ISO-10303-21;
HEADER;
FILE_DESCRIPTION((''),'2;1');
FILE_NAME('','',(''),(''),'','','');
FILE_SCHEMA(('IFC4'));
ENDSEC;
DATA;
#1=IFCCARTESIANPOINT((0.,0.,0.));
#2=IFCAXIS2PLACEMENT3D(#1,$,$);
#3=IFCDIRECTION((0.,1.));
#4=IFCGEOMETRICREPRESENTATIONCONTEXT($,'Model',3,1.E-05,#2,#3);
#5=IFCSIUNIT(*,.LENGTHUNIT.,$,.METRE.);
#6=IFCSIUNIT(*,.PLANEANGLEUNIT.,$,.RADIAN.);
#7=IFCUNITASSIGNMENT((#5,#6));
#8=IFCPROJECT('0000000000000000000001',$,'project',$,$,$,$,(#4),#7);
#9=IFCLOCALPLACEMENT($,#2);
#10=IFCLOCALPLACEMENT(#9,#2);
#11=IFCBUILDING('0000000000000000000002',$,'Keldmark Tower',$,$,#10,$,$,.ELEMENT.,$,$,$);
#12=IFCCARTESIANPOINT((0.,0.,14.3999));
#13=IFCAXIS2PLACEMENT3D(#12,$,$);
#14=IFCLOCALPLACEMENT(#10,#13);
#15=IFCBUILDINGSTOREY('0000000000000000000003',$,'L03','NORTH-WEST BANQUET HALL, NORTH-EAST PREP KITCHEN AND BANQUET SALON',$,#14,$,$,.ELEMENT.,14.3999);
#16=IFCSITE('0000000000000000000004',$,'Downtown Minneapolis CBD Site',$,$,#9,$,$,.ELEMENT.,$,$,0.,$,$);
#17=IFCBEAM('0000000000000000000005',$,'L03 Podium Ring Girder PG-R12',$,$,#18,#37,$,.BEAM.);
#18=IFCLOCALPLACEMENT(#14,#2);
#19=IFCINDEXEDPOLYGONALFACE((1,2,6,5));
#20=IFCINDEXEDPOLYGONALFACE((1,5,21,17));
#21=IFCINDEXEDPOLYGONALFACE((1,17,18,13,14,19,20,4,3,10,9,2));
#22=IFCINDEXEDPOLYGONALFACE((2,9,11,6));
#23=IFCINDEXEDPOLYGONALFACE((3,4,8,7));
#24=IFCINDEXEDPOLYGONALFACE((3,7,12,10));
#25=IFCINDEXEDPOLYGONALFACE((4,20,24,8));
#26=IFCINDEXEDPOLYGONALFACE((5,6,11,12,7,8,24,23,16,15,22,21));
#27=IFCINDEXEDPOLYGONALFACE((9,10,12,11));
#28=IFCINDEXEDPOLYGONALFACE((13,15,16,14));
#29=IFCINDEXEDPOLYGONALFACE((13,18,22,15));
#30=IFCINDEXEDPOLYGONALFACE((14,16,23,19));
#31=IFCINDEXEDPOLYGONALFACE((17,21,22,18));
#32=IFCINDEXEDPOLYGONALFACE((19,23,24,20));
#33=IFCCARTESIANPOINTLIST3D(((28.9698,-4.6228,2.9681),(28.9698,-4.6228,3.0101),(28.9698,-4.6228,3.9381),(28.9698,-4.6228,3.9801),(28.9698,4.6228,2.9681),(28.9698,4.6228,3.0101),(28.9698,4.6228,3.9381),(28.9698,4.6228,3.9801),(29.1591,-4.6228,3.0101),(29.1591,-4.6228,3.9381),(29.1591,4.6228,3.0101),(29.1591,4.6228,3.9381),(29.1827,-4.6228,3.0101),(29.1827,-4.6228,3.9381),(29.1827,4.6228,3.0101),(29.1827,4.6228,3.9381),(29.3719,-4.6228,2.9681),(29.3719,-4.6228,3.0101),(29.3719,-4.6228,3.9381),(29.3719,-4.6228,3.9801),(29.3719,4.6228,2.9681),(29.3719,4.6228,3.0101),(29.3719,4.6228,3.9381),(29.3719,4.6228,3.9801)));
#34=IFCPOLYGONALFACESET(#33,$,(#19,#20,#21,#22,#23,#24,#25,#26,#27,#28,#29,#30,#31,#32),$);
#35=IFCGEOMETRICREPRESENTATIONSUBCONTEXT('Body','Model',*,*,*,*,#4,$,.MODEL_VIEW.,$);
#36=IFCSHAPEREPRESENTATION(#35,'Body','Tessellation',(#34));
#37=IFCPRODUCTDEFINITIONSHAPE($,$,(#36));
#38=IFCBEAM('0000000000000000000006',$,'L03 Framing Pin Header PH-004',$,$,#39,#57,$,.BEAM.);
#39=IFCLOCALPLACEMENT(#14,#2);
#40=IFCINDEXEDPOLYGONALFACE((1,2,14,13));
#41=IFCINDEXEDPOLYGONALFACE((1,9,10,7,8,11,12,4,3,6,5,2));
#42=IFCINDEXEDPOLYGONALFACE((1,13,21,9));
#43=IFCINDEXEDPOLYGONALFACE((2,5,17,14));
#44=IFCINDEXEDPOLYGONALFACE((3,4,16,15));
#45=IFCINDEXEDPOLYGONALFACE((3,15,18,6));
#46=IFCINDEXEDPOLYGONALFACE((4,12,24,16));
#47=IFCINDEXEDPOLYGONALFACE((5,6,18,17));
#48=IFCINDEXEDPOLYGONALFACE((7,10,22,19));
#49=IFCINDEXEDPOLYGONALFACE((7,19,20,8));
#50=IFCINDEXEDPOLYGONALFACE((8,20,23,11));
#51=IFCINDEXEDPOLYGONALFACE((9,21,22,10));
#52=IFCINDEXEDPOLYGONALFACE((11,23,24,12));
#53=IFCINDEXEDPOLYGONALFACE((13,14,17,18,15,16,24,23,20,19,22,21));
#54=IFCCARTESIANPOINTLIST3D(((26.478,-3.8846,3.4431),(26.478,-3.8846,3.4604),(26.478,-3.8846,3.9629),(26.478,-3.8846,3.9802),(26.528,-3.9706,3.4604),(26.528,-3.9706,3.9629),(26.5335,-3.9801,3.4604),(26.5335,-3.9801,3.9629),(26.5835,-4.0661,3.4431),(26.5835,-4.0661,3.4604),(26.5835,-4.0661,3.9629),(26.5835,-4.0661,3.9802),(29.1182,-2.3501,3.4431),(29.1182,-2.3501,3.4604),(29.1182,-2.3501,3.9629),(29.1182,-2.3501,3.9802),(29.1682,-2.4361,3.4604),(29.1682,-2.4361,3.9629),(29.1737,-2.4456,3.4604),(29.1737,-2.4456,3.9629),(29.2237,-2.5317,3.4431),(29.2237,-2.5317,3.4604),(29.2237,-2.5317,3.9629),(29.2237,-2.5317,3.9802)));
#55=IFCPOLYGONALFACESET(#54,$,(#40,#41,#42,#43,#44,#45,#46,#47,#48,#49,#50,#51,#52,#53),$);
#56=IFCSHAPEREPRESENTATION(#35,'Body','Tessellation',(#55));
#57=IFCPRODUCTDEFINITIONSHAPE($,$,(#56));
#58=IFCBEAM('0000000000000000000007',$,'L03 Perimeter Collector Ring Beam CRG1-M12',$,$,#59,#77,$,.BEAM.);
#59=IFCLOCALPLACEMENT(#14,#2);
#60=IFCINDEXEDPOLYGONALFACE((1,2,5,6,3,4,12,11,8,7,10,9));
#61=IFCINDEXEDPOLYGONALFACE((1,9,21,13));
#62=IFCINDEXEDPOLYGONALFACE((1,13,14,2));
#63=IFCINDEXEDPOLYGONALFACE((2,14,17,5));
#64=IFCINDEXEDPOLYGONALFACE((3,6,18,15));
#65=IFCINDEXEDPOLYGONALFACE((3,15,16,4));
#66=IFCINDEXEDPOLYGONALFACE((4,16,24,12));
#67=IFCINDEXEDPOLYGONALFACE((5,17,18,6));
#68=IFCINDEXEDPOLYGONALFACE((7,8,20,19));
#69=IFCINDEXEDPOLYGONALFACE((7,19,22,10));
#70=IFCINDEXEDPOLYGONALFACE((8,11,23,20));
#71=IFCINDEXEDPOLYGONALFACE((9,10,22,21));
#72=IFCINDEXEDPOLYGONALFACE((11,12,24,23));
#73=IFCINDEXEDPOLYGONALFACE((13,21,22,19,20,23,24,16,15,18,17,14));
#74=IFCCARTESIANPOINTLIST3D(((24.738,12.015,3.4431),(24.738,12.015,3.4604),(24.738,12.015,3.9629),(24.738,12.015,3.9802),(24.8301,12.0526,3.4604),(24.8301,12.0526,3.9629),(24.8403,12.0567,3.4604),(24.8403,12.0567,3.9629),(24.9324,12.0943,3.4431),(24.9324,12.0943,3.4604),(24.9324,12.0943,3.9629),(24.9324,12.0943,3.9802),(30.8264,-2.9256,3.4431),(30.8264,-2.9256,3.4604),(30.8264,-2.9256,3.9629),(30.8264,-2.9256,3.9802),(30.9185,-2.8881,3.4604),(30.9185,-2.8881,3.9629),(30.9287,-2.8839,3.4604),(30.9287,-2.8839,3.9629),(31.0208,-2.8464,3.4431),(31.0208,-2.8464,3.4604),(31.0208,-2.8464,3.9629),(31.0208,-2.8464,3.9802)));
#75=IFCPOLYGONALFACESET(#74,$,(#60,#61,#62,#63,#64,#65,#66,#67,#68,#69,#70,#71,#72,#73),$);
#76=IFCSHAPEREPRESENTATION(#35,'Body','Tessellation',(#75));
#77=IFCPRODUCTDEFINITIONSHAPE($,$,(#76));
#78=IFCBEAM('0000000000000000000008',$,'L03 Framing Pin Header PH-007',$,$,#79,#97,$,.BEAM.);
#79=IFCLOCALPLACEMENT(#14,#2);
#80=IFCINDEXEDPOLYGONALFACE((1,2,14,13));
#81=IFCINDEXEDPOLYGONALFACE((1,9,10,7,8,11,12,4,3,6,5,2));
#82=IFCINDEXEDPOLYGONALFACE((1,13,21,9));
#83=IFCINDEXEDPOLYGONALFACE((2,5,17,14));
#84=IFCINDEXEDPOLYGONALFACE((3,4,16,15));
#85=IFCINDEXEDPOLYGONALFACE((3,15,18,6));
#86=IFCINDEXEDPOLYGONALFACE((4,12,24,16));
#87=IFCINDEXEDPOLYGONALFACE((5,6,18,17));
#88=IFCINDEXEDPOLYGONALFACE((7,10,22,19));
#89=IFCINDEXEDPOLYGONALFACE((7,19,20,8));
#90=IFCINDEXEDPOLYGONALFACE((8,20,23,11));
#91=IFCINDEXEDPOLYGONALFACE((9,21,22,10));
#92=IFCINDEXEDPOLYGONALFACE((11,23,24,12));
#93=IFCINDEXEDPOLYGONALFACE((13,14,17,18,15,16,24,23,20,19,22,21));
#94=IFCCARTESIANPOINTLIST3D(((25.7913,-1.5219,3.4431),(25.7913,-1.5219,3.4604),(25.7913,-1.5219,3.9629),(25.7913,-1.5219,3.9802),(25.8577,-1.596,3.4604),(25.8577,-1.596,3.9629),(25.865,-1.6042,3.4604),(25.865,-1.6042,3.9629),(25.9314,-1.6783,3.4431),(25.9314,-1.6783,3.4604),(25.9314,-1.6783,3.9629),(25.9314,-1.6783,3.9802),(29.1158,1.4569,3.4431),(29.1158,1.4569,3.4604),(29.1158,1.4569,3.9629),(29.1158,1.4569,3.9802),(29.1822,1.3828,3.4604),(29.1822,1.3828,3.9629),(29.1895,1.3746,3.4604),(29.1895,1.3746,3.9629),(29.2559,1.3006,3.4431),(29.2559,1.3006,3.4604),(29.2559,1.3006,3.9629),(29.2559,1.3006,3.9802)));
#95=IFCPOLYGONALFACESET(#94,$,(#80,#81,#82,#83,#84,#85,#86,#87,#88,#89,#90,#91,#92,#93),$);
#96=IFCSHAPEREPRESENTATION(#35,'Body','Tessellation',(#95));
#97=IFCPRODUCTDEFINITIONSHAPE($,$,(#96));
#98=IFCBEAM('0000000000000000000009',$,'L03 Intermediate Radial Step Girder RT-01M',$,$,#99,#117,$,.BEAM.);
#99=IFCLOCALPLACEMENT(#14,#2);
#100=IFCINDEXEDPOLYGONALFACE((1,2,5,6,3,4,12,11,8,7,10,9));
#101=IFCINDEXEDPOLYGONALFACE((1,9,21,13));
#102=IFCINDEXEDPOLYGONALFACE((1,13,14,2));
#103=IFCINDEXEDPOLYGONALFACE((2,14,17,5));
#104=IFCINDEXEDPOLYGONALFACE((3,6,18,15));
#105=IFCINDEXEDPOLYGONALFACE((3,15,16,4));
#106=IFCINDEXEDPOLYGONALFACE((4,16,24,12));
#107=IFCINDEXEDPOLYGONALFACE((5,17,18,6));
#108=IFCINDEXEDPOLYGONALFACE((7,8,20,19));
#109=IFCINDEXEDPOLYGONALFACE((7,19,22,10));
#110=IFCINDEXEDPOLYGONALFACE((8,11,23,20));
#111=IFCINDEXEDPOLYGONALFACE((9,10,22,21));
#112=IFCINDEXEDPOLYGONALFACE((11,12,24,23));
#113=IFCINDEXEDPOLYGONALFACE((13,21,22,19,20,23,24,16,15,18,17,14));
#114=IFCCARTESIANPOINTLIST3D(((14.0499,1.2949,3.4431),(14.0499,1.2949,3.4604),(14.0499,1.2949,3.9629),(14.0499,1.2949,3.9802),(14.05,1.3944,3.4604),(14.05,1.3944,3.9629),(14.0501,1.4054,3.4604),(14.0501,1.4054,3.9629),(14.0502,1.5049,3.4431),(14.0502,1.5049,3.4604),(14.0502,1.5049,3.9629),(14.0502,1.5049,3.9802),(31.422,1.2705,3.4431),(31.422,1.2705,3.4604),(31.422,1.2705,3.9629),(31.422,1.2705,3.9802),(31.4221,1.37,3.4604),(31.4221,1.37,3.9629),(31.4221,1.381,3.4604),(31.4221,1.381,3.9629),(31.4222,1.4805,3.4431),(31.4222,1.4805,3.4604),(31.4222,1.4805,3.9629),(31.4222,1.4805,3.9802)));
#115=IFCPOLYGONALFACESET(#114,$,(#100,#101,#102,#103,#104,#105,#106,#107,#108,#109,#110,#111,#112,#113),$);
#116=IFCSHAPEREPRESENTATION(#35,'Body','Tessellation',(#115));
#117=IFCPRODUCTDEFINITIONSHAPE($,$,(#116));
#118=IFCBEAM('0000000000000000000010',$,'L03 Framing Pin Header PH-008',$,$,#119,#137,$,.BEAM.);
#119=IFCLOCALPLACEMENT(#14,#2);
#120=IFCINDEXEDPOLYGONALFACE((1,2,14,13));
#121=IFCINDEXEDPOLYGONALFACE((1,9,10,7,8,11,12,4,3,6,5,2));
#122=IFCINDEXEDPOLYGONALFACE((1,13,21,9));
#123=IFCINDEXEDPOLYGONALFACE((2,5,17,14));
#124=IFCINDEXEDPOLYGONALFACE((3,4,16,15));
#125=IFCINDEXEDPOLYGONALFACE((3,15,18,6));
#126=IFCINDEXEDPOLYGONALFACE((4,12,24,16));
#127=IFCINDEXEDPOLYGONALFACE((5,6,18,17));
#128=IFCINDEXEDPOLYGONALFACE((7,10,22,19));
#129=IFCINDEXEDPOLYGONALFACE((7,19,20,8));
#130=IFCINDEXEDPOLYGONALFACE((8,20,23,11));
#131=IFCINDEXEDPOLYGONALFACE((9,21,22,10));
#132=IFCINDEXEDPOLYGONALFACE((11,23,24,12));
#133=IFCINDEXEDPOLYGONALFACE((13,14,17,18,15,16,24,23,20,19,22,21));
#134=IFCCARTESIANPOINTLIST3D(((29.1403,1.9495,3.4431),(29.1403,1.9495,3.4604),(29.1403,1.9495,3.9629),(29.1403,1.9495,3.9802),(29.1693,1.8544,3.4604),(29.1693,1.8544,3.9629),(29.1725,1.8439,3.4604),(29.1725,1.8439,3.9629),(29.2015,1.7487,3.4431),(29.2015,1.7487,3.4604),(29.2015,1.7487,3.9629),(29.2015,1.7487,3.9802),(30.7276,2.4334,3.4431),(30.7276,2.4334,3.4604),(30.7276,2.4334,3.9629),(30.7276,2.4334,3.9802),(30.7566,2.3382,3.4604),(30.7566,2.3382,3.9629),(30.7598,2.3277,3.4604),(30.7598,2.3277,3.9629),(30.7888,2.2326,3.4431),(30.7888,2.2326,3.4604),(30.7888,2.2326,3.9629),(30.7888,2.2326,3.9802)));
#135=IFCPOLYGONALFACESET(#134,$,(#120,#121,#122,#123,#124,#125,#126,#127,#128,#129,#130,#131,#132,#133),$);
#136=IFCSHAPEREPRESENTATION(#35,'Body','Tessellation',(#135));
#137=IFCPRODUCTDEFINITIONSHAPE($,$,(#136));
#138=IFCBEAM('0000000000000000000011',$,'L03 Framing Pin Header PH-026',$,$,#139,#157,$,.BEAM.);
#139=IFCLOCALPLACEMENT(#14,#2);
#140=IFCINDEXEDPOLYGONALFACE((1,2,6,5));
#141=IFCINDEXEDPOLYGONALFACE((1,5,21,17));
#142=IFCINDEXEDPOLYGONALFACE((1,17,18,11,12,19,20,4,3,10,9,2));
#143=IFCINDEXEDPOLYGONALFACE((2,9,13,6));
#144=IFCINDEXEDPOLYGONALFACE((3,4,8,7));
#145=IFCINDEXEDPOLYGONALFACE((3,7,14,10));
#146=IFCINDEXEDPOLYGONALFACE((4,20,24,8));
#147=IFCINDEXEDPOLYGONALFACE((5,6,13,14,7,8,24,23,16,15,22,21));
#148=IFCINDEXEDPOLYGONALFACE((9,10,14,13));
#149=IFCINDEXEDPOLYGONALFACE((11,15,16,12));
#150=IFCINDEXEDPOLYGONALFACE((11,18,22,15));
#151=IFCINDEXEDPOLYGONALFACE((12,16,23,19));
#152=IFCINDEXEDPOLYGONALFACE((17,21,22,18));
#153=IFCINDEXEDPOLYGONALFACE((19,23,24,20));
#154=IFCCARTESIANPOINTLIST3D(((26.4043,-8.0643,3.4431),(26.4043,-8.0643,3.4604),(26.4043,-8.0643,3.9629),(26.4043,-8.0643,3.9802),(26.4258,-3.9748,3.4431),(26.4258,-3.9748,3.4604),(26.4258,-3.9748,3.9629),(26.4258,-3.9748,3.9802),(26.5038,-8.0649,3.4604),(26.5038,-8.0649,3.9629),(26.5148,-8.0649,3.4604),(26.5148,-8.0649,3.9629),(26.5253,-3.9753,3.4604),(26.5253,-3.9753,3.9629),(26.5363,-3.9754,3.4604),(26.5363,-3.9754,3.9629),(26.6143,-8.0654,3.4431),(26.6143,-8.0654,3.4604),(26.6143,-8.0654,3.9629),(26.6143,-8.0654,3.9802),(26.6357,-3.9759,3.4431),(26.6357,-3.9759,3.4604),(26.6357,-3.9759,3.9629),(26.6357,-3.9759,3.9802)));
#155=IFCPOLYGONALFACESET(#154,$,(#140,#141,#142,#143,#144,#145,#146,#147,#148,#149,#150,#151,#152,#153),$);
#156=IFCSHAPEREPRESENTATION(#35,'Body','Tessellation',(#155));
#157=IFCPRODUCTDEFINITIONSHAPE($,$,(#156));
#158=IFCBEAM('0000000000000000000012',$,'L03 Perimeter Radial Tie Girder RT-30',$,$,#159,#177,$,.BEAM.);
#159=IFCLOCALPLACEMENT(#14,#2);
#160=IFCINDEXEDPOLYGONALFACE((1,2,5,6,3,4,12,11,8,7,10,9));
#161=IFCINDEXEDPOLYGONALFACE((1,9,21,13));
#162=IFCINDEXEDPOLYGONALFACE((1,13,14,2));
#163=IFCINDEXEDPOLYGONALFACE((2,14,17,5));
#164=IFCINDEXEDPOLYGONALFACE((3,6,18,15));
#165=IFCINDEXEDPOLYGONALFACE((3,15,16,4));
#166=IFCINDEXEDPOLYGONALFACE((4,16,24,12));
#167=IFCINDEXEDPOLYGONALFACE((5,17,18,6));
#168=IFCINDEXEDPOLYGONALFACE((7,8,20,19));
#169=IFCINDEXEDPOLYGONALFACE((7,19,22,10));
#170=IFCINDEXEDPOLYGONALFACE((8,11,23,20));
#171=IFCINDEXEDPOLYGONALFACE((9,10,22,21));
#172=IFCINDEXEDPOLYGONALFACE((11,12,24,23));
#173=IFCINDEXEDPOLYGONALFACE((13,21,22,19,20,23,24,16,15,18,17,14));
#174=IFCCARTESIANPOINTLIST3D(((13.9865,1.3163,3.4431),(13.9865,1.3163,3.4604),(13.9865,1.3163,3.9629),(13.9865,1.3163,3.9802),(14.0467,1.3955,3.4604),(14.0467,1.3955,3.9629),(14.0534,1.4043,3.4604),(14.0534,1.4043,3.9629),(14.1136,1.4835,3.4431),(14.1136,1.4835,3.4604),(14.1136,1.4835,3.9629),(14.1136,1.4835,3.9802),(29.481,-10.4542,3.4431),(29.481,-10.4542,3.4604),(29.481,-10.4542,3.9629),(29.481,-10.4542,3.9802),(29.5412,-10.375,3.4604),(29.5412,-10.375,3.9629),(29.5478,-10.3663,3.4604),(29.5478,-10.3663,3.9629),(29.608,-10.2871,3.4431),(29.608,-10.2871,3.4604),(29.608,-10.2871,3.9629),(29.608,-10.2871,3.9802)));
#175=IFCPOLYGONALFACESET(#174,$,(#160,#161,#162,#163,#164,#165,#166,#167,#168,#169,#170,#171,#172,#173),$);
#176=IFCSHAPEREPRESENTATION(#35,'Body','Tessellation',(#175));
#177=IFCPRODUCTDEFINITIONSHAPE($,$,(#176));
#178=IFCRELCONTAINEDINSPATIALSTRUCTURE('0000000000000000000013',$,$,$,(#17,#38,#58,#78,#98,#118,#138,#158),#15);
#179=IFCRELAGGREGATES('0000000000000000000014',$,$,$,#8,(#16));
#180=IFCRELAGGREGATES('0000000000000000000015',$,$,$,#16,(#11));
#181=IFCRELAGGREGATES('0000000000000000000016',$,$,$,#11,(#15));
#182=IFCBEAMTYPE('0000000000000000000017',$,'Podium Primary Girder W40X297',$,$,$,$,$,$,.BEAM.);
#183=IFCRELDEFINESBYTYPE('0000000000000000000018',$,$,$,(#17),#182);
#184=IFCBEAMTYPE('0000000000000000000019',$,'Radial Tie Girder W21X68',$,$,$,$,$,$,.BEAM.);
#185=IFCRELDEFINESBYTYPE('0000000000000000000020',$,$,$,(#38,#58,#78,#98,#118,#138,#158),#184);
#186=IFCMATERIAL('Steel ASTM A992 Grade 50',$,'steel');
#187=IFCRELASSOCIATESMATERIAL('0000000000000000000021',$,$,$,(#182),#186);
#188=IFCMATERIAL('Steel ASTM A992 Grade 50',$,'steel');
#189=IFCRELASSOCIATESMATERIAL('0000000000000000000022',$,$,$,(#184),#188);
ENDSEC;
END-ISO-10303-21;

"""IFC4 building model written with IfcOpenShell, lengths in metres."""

from ifc_helpers import new_model, si_unit, direction, frame, origin, origin_2d, place, context, subcontext, project, spatial, i_section, extrude, material, material_profile, profile_set, type_object, element, save


model = new_model("IFC4")

# Units and contexts
model_context = context("Model", 3, precision=1e-05, world=origin(), true_north=direction((0.0, 1.0)))
body_context = subcontext(model_context, "Body", "Model", "MODEL_VIEW")
ifc_project = project(units=[si_unit("LENGTHUNIT", "METRE"), si_unit("PLANEANGLEUNIT", "RADIAN")], contexts=[model_context])

# Site, building, storey
site_placement = place(None, origin())
site = spatial("IfcSite", under=ifc_project, at=site_placement, Name="Downtown Minneapolis CBD Site", CompositionType="ELEMENT", RefElevation=0.0)
building_placement = place(site_placement, origin())
building = spatial("IfcBuilding", under=site, at=building_placement, Name="Keldmark Tower", CompositionType="ELEMENT")
storey_placement = place(building_placement, frame((0.0, 0.0, 14.3999)))
storey = spatial("IfcBuildingStorey", under=building, at=storey_placement, Name="L03", Description="NORTH-WEST BANQUET HALL, NORTH-EAST PREP KITCHEN AND BANQUET SALON", CompositionType="ELEMENT", Elevation=14.3999)

# Beams
ifc_material_1 = material(Name="Steel ASTM A992 Grade 50", Category="steel")
ifc_material_profile_1 = material_profile(ifc_material_1, i_section(OverallWidth=0.4021, OverallDepth=1.012, WebThickness=0.0237, FlangeThickness=0.042, at=origin_2d()), Name="W40X297")
ifc_profile_set_1 = profile_set([ifc_material_profile_1], Name="Steel ASTM A992 Grade 50")
beam_type_1 = type_object("IfcBeamType", Name="Podium Primary Girder W40X297", PredefinedType="BEAM", material=ifc_profile_set_1)
beam_1_placement = place(storey_placement, frame((29.1709, -4.6228, 3.4741), z_axis=(0.0, 1.0, 0.0), x_axis=(-1.0, 0.0, 0.0)))
element("IfcBeam", 1, at=beam_1_placement, inside=storey, type_object=beam_type_1, Name="L03 Podium Ring Girder PG-R12", PredefinedType="BEAM", context=body_context, shape_type="SweptSolid", body=[
    extrude(i_section(OverallWidth=0.4021, OverallDepth=1.012, WebThickness=0.0237, FlangeThickness=0.042, at=origin_2d()), origin(), (0.0, 0.0, 1.0), 9.2456),
])
ifc_material_2 = material(Name="Steel ASTM A992 Grade 50", Category="steel")
ifc_material_profile_2 = material_profile(ifc_material_2, i_section(OverallWidth=0.21, OverallDepth=0.5371, WebThickness=0.011, FlangeThickness=0.0173, at=origin_2d()), Name="W21X68")
ifc_profile_set_2 = profile_set([ifc_material_profile_2], Name="Steel ASTM A992 Grade 50")
beam_type_2 = type_object("IfcBeamType", Name="Radial Tie Girder W21X68", PredefinedType="BEAM", material=ifc_profile_set_2)
beam_2_placement = place(storey_placement, frame((26.5308, -3.9753, 3.7117), z_axis=(0.864584, 0.502488, 0.0), x_axis=(-0.502488, 0.864584, 0.0)))
element("IfcBeam", 2, at=beam_2_placement, inside=storey, type_object=beam_type_2, Name="L03 Framing Pin Header PH-004", PredefinedType="BEAM", context=body_context, shape_type="SweptSolid", body=[
    extrude(i_section(OverallWidth=0.21, OverallDepth=0.5371, WebThickness=0.011, FlangeThickness=0.0173, at=origin_2d()), origin(), (0.0, 0.0, 1.0), 3.0537),
])
beam_3_placement = place(storey_placement, frame((30.9236, -2.886, 3.7117), z_axis=(-0.377373, 0.926061, 0.0), x_axis=(-0.926061, -0.377373, 0.0)))
element("IfcBeam", 3, at=beam_3_placement, inside=storey, type_object=beam_type_2, Name="L03 Perimeter Collector Ring Beam CRG1-M12", PredefinedType="BEAM", context=body_context, shape_type="SweptSolid", body=[
    extrude(i_section(OverallWidth=0.21, OverallDepth=0.5371, WebThickness=0.011, FlangeThickness=0.0173, at=origin_2d()), origin(), (0.0, 0.0, 1.0), 16.1335),
])
beam_4_placement = place(storey_placement, frame((25.8613, -1.6001, 3.7117), z_axis=(0.744769, 0.667322, 0.0), x_axis=(-0.667322, 0.744769, 0.0)))
element("IfcBeam", 4, at=beam_4_placement, inside=storey, type_object=beam_type_2, Name="L03 Framing Pin Header PH-007", PredefinedType="BEAM", context=body_context, shape_type="SweptSolid", body=[
    extrude(i_section(OverallWidth=0.21, OverallDepth=0.5371, WebThickness=0.011, FlangeThickness=0.0173, at=origin_2d()), origin(), (0.0, 0.0, 1.0), 4.4639),
])
beam_5_placement = place(storey_placement, frame((14.05, 1.3999, 3.7117), z_axis=(0.999999, -0.001405, 0.0), x_axis=(0.001405, 0.999999, 0.0)))
element("IfcBeam", 5, at=beam_5_placement, inside=storey, type_object=beam_type_2, Name="L03 Intermediate Radial Step Girder RT-01M", PredefinedType="BEAM", context=body_context, shape_type="SweptSolid", body=[
    extrude(i_section(OverallWidth=0.21, OverallDepth=0.5371, WebThickness=0.011, FlangeThickness=0.0173, at=origin_2d()), origin(), (0.0, 0.0, 1.0), 17.3721),
])
beam_6_placement = place(storey_placement, frame((29.1709, 1.8491, 3.7117), z_axis=(0.956546, 0.291583, 0.0), x_axis=(-0.291583, 0.956546, 0.0)))
element("IfcBeam", 6, at=beam_6_placement, inside=storey, type_object=beam_type_2, Name="L03 Framing Pin Header PH-008", PredefinedType="BEAM", context=body_context, shape_type="SweptSolid", body=[
    extrude(i_section(OverallWidth=0.21, OverallDepth=0.5371, WebThickness=0.011, FlangeThickness=0.0173, at=origin_2d()), origin(), (0.0, 0.0, 1.0), 1.6594),
])
beam_7_placement = place(storey_placement, frame((26.5308, -3.9753, 3.7117), z_axis=(-0.005253, -0.999986, 0.0), x_axis=(0.999986, -0.005253, 0.0)))
element("IfcBeam", 7, at=beam_7_placement, inside=storey, type_object=beam_type_2, Name="L03 Framing Pin Header PH-026", PredefinedType="BEAM", context=body_context, shape_type="SweptSolid", body=[
    extrude(i_section(OverallWidth=0.21, OverallDepth=0.5371, WebThickness=0.011, FlangeThickness=0.0173, at=origin_2d()), origin(), (0.0, 0.0, 1.0), 4.0896),
])
beam_8_placement = place(storey_placement, frame((14.05, 1.3999, 3.7117), z_axis=(0.796292, -0.604913, 0.0), x_axis=(0.604913, 0.796292, 0.0)))
element("IfcBeam", 8, at=beam_8_placement, inside=storey, type_object=beam_type_2, Name="L03 Perimeter Radial Tie Girder RT-30", PredefinedType="BEAM", context=body_context, shape_type="SweptSolid", body=[
    extrude(i_section(OverallWidth=0.21, OverallDepth=0.5371, WebThickness=0.011, FlangeThickness=0.0173, at=origin_2d()), origin(), (0.0, 0.0, 1.0), 19.4583),
])

save(model, "model.ifc")
